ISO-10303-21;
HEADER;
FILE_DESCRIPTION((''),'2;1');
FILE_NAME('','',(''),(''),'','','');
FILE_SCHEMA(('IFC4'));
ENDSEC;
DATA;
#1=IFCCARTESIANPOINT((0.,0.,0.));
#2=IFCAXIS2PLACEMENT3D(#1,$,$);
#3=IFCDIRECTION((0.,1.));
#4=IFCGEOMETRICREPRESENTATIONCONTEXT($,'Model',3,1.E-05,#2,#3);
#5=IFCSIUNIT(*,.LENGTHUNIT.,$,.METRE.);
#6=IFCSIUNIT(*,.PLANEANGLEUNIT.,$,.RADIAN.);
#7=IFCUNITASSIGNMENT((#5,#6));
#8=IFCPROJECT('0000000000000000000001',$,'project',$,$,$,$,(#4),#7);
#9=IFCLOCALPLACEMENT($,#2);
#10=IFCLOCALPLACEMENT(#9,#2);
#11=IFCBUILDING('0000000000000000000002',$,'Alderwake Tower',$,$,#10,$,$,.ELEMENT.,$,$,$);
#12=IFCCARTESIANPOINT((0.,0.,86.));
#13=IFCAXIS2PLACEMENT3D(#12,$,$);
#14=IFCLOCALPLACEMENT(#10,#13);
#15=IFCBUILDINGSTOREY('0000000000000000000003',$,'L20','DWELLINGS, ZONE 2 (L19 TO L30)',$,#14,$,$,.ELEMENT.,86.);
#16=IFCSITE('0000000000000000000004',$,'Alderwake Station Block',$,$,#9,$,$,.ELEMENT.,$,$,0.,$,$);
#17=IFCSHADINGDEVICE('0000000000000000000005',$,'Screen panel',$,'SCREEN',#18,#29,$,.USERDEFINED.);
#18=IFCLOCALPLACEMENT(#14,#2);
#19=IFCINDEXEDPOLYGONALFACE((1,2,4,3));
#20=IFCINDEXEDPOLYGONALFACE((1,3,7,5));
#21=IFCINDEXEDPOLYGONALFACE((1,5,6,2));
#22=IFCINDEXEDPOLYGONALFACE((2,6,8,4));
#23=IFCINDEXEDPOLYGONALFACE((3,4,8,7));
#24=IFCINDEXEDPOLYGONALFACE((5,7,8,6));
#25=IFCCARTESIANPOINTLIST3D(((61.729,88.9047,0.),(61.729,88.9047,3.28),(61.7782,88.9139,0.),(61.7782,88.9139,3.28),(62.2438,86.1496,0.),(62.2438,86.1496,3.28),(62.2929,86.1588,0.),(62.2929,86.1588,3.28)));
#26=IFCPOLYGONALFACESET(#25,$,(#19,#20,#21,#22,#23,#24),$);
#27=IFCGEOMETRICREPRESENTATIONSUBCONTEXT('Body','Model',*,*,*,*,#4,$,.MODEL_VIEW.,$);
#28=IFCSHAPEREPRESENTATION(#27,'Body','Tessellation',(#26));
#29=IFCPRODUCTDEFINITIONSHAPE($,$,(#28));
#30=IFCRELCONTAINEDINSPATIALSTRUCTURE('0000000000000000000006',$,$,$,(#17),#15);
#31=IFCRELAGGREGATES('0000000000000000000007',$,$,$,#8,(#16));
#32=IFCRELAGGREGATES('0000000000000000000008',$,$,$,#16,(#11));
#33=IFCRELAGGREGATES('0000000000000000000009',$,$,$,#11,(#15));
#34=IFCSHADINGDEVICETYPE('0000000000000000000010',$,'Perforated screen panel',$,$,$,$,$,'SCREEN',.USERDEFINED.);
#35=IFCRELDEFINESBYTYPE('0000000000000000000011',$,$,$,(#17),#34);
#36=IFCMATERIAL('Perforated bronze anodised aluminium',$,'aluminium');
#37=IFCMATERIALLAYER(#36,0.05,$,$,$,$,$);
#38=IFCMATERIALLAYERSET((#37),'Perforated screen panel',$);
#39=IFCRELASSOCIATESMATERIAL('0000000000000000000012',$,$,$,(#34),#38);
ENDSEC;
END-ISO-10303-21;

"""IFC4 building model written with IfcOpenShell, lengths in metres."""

from ifc_helpers import new_model, si_unit, direction, frame, origin, origin_2d, place, context, subcontext, project, spatial, rectangle, extrude, material, layer, layer_set, type_object, element, save


model = new_model("IFC4")

# Units and contexts
model_context = context("Model", 3, precision=1e-05, world=origin(), true_north=direction((0.0, 1.0)))
body_context = subcontext(model_context, "Body", "Model", "MODEL_VIEW")
ifc_project = project(units=[si_unit("LENGTHUNIT", "METRE"), si_unit("PLANEANGLEUNIT", "RADIAN")], contexts=[model_context])

# Site, building, storey
site_placement = place(None, origin())
site = spatial("IfcSite", under=ifc_project, at=site_placement, Name="Alderwake Station Block", CompositionType="ELEMENT", RefElevation=0.0)
building_placement = place(site_placement, origin())
building = spatial("IfcBuilding", under=site, at=building_placement, Name="Alderwake Tower", CompositionType="ELEMENT")
storey_placement = place(building_placement, frame((0.0, 0.0, 86.0)))
storey = spatial("IfcBuildingStorey", under=building, at=storey_placement, Name="L20", Description="DWELLINGS, ZONE 2 (L19 TO L30)", CompositionType="ELEMENT", Elevation=86.0)

# Shading device
ifc_material_1 = material(Name="Perforated bronze anodised aluminium", Category="aluminium")
ifc_layer_1 = layer(ifc_material_1, 0.05)
ifc_layer_set_1 = layer_set([ifc_layer_1], Name="Perforated screen panel")
shading_device_type_1 = type_object("IfcShadingDeviceType", Name="Perforated screen panel", ElementType="SCREEN", PredefinedType="USERDEFINED", material=ifc_layer_set_1)
shading_device_placement = place(storey_placement, frame((62.011, 87.5317, 0.0), z_axis=(0.0, 0.0, 1.0), x_axis=(0.982991, 0.183651, 0.0)))
element("IfcShadingDevice", 1, at=shading_device_placement, inside=storey, type_object=shading_device_type_1, Name="Screen panel", ObjectType="SCREEN", PredefinedType="USERDEFINED", context=body_context, shape_type="SweptSolid", body=[
    extrude(rectangle(XDim=0.05, YDim=2.8027, at=origin_2d()), origin(), (0.0, 0.0, 1.0), 3.28),
])

save(model, "model.ifc")
